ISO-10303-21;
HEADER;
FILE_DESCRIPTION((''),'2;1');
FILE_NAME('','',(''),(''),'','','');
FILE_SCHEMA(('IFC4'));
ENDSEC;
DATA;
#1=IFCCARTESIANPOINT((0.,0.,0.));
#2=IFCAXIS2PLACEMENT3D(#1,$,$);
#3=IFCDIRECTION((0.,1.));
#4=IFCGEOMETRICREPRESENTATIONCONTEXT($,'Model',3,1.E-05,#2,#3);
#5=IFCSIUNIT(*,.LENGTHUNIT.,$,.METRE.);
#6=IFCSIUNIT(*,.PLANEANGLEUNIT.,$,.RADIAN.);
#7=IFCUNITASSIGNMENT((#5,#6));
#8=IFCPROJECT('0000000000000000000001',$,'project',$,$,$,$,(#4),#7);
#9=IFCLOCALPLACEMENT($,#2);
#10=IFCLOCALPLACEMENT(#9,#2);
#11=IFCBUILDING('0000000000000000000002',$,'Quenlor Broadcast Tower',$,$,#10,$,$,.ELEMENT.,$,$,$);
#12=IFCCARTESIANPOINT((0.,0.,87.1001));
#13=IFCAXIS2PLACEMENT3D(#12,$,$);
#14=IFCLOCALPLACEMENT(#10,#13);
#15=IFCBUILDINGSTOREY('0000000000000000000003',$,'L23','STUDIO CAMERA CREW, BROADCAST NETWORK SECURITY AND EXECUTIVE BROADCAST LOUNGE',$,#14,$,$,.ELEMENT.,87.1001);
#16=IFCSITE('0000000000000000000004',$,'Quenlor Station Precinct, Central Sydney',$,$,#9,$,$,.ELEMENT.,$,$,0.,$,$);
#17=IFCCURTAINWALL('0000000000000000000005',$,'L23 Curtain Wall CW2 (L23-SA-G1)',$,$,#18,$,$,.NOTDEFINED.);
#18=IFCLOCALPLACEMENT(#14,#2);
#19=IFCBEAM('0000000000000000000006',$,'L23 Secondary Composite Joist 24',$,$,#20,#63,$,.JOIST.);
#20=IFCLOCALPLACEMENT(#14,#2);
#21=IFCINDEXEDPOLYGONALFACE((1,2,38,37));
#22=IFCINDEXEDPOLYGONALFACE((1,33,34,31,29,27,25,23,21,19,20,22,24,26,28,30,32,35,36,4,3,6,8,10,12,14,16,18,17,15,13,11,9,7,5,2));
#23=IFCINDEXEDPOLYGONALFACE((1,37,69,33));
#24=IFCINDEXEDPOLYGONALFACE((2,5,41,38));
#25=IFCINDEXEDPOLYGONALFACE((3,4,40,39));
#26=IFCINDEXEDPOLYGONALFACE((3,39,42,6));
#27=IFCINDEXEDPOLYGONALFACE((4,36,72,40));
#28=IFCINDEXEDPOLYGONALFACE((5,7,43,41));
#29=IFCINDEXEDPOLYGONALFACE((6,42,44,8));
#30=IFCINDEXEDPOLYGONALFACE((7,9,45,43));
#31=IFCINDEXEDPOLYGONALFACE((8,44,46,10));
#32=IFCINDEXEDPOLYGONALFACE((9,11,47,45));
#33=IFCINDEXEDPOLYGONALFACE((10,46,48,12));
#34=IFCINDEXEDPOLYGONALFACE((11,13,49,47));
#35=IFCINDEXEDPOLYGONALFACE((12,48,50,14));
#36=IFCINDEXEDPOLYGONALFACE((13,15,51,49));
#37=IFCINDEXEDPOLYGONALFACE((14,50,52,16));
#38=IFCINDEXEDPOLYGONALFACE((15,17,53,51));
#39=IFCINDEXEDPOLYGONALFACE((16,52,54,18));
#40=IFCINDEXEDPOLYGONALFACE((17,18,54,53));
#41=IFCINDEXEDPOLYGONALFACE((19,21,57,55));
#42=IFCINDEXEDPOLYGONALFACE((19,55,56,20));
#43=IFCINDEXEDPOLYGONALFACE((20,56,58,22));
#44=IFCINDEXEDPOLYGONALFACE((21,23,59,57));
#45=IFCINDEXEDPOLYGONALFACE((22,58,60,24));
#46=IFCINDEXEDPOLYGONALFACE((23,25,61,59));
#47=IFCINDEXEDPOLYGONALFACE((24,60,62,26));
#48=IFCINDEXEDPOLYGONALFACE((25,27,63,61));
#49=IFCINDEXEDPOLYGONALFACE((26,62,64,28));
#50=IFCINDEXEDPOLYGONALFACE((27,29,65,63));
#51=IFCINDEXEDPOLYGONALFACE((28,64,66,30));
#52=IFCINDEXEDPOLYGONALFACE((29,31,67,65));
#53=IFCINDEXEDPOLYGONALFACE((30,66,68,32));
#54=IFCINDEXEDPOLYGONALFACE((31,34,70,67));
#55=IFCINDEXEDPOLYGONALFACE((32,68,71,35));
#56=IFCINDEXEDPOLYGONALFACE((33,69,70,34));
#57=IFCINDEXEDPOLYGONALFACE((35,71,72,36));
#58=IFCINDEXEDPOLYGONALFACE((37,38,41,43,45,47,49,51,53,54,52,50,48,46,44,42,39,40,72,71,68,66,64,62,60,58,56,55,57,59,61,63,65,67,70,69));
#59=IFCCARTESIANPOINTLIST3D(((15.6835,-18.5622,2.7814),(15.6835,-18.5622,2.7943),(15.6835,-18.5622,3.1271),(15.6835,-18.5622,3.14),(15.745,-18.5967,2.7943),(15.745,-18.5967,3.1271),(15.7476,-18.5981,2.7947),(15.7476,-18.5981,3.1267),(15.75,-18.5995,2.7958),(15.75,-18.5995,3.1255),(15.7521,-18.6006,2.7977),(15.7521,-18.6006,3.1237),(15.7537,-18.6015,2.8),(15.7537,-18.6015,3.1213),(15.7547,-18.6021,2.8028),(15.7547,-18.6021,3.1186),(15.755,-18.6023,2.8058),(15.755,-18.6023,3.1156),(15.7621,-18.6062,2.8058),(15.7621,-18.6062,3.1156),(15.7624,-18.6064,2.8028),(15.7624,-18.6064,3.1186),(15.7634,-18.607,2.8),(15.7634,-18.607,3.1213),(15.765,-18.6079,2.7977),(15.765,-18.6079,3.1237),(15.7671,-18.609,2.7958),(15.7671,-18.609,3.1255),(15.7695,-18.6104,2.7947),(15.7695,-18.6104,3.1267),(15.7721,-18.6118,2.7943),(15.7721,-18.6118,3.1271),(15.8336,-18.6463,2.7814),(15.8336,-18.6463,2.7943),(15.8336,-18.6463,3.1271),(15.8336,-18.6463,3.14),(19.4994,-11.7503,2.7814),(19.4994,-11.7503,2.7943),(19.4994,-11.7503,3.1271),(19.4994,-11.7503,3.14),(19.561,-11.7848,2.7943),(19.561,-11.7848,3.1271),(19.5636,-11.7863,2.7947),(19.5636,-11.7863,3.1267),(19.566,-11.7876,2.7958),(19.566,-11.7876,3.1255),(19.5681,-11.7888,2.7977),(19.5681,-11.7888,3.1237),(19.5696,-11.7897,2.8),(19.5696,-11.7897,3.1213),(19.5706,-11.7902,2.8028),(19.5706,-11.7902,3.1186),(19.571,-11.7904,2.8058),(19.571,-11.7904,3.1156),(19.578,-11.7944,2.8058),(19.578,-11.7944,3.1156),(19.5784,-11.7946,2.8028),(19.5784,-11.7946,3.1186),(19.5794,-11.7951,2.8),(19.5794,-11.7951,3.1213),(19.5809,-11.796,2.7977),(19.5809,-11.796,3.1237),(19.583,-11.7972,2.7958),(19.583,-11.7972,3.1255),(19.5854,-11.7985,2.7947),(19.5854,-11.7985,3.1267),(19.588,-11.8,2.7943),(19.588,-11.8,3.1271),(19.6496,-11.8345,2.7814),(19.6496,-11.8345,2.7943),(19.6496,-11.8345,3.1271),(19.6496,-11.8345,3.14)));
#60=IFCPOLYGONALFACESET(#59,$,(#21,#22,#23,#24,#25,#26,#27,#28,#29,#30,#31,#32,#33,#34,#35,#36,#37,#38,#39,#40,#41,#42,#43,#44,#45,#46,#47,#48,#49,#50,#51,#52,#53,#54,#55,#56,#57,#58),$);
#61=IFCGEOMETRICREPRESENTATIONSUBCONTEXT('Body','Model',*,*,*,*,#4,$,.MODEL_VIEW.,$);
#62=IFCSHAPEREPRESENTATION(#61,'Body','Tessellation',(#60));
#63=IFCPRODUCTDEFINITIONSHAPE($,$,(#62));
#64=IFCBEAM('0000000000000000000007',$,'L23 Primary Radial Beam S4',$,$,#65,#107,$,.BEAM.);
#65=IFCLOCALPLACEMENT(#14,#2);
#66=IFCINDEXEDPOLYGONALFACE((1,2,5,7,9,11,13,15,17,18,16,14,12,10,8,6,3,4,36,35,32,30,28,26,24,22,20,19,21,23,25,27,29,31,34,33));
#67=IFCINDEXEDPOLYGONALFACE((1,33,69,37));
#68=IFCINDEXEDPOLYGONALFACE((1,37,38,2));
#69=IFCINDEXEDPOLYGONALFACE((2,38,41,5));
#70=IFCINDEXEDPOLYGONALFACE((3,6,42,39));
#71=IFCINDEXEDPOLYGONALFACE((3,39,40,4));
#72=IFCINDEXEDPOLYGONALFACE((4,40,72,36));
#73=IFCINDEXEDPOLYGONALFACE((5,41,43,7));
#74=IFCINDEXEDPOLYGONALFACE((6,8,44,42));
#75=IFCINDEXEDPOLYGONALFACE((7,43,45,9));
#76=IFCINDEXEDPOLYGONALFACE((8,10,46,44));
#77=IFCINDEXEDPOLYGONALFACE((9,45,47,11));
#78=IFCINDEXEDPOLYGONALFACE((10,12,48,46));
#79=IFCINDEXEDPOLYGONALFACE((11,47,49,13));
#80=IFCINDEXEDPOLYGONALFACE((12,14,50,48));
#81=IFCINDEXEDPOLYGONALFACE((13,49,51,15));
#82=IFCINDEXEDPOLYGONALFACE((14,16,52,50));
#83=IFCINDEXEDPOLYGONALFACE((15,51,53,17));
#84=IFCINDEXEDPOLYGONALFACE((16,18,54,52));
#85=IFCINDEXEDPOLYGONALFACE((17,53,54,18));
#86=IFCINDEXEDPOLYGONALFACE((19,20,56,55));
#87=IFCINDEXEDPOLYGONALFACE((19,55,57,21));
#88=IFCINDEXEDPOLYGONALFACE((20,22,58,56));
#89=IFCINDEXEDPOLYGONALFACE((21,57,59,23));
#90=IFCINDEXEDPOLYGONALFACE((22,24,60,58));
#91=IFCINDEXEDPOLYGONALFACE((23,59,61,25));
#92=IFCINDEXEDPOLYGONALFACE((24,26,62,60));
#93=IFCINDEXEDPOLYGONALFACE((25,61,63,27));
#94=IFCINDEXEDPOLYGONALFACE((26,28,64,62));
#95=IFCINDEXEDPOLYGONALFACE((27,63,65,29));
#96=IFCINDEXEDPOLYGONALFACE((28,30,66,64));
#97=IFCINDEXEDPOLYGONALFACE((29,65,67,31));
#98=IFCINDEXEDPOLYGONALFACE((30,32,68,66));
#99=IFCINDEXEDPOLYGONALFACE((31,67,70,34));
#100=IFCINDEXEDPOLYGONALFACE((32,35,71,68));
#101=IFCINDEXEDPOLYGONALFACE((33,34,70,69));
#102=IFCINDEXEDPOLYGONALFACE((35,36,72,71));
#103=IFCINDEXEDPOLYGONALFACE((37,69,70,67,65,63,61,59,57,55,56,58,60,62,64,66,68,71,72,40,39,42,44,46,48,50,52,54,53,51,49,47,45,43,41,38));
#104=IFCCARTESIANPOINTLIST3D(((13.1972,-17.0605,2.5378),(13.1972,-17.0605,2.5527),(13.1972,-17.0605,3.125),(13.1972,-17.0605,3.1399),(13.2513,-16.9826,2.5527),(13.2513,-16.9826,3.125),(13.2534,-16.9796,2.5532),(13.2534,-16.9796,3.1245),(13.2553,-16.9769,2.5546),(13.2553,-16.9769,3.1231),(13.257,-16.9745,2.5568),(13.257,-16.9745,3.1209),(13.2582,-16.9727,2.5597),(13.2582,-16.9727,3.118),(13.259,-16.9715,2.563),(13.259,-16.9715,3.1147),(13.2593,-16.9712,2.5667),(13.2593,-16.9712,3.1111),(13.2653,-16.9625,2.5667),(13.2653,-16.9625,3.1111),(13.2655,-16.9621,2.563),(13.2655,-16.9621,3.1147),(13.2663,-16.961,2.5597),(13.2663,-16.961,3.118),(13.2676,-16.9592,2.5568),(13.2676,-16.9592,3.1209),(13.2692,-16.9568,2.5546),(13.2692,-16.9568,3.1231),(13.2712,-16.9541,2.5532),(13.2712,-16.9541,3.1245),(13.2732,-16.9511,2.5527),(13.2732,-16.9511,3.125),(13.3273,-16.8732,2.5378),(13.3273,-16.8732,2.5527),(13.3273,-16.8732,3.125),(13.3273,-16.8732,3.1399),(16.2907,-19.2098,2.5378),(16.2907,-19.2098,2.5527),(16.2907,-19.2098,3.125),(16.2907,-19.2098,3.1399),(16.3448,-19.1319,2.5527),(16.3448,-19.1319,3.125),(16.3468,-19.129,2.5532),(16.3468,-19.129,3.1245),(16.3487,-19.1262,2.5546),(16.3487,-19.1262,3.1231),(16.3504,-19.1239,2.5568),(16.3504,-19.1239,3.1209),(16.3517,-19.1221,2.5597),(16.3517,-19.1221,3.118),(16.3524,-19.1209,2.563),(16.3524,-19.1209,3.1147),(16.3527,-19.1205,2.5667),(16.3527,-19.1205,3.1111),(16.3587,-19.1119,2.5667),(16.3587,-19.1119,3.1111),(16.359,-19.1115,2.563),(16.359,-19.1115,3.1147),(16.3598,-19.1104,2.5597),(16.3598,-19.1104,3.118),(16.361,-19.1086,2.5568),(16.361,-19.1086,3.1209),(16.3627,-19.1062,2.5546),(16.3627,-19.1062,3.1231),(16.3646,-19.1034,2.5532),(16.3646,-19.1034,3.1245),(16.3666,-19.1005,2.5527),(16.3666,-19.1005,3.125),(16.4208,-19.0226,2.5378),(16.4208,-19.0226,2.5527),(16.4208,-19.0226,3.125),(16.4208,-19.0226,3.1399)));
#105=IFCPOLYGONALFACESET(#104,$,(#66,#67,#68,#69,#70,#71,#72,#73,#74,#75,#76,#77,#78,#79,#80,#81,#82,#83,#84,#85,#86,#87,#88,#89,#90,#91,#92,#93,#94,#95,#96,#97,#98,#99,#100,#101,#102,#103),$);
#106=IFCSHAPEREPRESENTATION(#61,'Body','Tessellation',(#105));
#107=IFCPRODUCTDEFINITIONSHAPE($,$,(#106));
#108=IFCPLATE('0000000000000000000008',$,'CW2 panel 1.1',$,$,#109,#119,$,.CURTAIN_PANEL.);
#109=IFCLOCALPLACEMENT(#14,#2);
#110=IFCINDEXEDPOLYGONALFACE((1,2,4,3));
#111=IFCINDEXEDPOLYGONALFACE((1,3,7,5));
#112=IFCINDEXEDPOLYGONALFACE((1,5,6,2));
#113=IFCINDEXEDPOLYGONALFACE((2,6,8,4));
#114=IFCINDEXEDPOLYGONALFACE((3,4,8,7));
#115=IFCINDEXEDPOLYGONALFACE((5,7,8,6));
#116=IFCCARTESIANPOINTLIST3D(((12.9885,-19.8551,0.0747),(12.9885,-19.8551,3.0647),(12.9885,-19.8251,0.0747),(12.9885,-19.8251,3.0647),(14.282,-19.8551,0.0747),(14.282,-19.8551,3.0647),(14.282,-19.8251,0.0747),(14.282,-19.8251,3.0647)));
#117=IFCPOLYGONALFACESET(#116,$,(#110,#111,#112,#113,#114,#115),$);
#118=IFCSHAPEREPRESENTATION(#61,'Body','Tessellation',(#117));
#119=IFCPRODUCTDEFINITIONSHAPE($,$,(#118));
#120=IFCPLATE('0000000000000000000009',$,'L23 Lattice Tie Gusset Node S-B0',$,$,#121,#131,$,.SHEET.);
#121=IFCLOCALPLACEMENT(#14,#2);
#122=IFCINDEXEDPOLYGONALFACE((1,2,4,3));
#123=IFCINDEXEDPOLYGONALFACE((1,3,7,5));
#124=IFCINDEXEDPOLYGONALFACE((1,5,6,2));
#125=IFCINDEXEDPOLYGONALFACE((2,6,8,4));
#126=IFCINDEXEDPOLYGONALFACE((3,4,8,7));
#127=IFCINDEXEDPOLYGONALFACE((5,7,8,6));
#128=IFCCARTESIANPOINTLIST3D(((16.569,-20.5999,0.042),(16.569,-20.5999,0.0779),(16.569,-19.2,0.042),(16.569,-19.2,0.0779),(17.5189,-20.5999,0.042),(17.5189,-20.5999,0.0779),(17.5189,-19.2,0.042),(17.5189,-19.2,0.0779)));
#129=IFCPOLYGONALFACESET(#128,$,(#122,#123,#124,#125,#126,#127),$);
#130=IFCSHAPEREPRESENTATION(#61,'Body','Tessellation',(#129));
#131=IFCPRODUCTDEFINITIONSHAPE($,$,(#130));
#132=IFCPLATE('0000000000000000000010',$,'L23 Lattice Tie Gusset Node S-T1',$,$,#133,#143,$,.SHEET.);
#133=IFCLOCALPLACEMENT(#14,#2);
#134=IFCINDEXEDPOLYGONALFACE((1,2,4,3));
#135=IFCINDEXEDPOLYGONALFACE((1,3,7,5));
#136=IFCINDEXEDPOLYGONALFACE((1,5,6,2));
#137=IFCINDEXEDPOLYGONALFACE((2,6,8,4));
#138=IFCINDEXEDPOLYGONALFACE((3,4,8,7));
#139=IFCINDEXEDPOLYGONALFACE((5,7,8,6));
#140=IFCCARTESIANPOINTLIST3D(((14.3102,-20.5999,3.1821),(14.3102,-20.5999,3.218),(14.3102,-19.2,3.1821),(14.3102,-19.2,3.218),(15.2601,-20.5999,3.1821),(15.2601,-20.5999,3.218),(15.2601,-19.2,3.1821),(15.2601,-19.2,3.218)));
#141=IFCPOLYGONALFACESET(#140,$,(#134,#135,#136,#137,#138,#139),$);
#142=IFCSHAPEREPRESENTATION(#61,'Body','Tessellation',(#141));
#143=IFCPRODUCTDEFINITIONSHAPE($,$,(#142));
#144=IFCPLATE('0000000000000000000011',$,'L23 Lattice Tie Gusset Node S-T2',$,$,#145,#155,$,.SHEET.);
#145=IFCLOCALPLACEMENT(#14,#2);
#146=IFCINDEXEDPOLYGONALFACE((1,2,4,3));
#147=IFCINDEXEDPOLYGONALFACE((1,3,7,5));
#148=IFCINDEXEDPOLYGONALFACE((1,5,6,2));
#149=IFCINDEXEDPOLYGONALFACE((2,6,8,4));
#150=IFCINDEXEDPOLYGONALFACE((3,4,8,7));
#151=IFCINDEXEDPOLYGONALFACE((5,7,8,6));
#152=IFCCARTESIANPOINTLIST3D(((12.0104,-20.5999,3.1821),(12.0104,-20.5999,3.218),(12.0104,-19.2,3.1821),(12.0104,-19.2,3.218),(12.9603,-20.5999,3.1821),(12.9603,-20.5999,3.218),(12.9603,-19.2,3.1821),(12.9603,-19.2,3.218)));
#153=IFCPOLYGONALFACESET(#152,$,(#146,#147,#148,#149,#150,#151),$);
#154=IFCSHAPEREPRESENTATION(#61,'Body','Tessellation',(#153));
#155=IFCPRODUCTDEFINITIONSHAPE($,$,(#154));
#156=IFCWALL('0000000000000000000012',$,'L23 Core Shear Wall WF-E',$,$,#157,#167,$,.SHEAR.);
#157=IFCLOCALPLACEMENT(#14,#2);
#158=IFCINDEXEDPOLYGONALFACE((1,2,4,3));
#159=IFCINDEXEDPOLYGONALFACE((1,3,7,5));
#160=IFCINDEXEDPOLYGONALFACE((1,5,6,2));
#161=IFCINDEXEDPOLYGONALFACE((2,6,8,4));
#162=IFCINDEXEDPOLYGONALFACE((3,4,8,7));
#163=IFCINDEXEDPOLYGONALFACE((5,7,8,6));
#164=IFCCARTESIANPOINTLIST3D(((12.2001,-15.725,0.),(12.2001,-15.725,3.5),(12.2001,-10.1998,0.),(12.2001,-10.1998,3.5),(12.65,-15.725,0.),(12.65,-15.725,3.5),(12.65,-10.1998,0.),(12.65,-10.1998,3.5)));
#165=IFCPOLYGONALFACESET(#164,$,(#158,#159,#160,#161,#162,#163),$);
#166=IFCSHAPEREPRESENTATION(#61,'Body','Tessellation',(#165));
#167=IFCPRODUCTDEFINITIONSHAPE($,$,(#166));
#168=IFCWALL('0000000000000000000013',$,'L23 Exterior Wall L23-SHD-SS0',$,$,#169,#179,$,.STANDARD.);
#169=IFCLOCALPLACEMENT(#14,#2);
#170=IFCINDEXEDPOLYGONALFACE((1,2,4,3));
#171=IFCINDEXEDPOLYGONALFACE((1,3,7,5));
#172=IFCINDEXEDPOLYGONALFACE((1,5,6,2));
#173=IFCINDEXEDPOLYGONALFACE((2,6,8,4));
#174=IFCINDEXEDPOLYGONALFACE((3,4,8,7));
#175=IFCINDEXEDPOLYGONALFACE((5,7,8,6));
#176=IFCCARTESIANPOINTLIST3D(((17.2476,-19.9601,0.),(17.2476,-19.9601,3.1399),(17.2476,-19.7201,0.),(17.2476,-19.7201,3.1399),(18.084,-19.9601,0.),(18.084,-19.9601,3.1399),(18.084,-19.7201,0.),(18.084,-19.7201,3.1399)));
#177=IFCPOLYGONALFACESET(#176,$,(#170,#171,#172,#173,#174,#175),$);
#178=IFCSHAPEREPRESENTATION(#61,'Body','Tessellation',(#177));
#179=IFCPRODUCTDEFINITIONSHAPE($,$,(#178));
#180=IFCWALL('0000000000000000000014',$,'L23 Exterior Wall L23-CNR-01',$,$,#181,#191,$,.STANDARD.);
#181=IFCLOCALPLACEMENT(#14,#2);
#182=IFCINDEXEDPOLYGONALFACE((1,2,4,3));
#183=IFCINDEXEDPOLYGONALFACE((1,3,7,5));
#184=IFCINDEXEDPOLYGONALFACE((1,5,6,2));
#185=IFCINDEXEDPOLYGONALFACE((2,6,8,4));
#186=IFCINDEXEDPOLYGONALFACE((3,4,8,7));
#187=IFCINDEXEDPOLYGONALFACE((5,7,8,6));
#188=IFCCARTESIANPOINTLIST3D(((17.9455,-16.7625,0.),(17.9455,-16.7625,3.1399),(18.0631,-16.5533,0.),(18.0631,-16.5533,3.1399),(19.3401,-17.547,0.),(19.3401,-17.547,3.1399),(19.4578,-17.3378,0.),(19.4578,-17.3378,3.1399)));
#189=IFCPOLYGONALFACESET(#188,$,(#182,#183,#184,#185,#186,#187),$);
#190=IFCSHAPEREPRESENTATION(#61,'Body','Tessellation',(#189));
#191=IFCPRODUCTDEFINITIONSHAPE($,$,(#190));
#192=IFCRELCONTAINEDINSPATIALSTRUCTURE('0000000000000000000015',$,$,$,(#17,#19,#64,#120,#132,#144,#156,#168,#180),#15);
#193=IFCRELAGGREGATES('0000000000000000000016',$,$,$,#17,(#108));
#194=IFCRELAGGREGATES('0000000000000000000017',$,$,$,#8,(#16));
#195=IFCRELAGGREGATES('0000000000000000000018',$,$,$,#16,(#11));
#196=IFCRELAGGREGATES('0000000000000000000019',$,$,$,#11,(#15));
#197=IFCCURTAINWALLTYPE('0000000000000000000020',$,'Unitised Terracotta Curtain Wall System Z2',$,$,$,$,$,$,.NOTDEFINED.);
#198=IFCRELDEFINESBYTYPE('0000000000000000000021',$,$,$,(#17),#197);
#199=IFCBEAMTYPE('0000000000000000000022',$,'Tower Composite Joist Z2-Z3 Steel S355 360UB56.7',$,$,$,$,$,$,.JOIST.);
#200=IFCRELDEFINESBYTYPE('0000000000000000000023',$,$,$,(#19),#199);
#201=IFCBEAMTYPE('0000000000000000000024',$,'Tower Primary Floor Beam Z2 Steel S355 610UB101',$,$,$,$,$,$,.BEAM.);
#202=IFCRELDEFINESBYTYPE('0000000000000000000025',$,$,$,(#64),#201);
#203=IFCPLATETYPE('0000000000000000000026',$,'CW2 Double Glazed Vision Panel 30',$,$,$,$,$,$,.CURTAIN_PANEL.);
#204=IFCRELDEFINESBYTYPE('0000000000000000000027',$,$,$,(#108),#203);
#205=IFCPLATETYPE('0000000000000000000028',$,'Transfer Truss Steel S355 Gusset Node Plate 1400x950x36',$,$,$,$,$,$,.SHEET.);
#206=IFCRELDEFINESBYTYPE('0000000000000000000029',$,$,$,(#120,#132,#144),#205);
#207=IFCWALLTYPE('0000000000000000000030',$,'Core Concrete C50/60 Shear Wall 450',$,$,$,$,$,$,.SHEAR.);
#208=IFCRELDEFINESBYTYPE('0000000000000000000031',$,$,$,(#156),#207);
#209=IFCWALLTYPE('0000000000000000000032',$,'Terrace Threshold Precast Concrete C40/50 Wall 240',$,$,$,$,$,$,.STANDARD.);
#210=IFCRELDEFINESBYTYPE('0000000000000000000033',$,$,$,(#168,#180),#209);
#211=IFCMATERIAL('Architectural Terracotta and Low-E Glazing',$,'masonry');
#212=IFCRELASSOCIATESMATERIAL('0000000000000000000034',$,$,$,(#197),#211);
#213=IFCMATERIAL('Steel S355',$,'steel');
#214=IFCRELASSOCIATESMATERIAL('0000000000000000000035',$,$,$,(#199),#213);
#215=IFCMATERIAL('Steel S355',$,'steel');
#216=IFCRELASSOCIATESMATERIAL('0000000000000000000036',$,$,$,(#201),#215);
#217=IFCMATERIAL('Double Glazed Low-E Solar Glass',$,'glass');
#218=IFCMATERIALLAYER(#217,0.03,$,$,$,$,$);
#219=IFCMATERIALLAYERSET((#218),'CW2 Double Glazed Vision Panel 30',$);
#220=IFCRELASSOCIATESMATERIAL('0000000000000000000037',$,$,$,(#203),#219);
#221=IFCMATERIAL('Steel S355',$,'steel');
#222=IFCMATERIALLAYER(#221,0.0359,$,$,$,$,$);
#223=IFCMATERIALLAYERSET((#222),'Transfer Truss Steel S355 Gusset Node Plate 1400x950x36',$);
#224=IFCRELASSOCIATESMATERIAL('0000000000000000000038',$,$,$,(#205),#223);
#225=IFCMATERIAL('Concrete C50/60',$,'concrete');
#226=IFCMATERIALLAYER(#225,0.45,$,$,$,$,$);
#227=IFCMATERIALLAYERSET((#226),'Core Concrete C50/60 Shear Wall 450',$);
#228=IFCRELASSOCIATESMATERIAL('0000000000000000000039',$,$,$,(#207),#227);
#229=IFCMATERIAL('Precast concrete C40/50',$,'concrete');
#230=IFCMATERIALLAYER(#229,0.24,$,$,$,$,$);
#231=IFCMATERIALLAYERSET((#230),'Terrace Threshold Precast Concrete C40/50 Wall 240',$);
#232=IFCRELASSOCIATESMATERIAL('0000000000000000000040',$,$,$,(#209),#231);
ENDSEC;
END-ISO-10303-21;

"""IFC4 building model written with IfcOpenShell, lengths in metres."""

from ifc_helpers import new_model, si_unit, direction, frame, frame_2d, origin, origin_2d, place, context, subcontext, project, spatial, rectangle, i_section, extrude, material, layer, layer_set, material_profile, profile_set, type_object, element, aggregate, save


model = new_model("IFC4")

# Units and contexts
model_context = context("Model", 3, precision=1e-05, world=origin(), true_north=direction((0.0, 1.0)))
body_context = subcontext(model_context, "Body", "Model", "MODEL_VIEW")
ifc_project = project(units=[si_unit("LENGTHUNIT", "METRE"), si_unit("PLANEANGLEUNIT", "RADIAN")], contexts=[model_context])

# Site, building, storey
site_placement = place(None, origin())
site = spatial("IfcSite", under=ifc_project, at=site_placement, Name="Quenlor Station Precinct, Central Sydney", CompositionType="ELEMENT", RefElevation=0.0)
building_placement = place(site_placement, origin())
building = spatial("IfcBuilding", under=site, at=building_placement, Name="Quenlor Broadcast Tower", CompositionType="ELEMENT")
storey_placement = place(building_placement, frame((0.0, 0.0, 87.1001)))
storey = spatial("IfcBuildingStorey", under=building, at=storey_placement, Name="L23", Description="STUDIO CAMERA CREW, BROADCAST NETWORK SECURITY AND EXECUTIVE BROADCAST LOUNGE", CompositionType="ELEMENT", Elevation=87.1001)

# Curtain wall
ifc_material_1 = material(Name="Architectural Terracotta and Low-E Glazing", Category="masonry")
curtain_wall_type = type_object("IfcCurtainWallType", Name="Unitised Terracotta Curtain Wall System Z2", PredefinedType="NOTDEFINED", material=ifc_material_1)
curtain_wall_placement = place(storey_placement, origin())
curtain_wall = element("IfcCurtainWall", 1, at=curtain_wall_placement, inside=storey, type_object=curtain_wall_type, Name="L23 Curtain Wall CW2 (L23-SA-G1)", PredefinedType="NOTDEFINED")

# Beams
ifc_material_2 = material(Name="Steel S355", Category="steel")
ifc_material_profile_1 = material_profile(ifc_material_2, i_section(OverallWidth=0.1721, OverallDepth=0.3586, WebThickness=0.0081, FlangeThickness=0.0129, FilletRadius=0.0115, at=origin_2d()))
ifc_profile_set_1 = profile_set([ifc_material_profile_1], Name="Steel S355 360UB56.7")
beam_type_1 = type_object("IfcBeamType", Name="Tower Composite Joist Z2-Z3 Steel S355 360UB56.7", PredefinedType="JOIST", material=ifc_profile_set_1)
beam_1_placement = place(storey_placement, frame((15.7585, -18.6042, 2.9607), z_axis=(0.488733, 0.872433, 0.0), x_axis=(-0.872433, 0.488733, 0.0)))
element("IfcBeam", 2, at=beam_1_placement, inside=storey, type_object=beam_type_1, Name="L23 Secondary Composite Joist 24", PredefinedType="JOIST", context=body_context, shape_type="SweptSolid", body=[
    extrude(i_section(OverallWidth=0.1721, OverallDepth=0.3586, WebThickness=0.0081, FlangeThickness=0.0129, FilletRadius=0.0115, at=origin_2d()), origin(), (0.0, 0.0, 1.0), 7.8079),
])
ifc_material_3 = material(Name="Steel S355", Category="steel")
ifc_material_profile_2 = material_profile(ifc_material_3, i_section(OverallWidth=0.228, OverallDepth=0.6021, WebThickness=0.0105, FlangeThickness=0.0149, FilletRadius=0.0139, at=origin_2d()))
ifc_profile_set_2 = profile_set([ifc_material_profile_2], Name="Steel S355 610UB101")
beam_type_2 = type_object("IfcBeamType", Name="Tower Primary Floor Beam Z2 Steel S355 610UB101", PredefinedType="BEAM", material=ifc_profile_set_2)
beam_2_placement = place(storey_placement, frame((16.3557, -19.1162, 2.8389), z_axis=(-0.821227, 0.570601, 0.0), x_axis=(-0.570601, -0.821227, 0.0)))
element("IfcBeam", 3, at=beam_2_placement, inside=storey, type_object=beam_type_2, Name="L23 Primary Radial Beam S4", PredefinedType="BEAM", context=body_context, shape_type="SweptSolid", body=[
    extrude(i_section(OverallWidth=0.228, OverallDepth=0.6021, WebThickness=0.0105, FlangeThickness=0.0149, FilletRadius=0.0139, at=origin_2d()), origin(), (0.0, 0.0, 1.0), 3.7668),
])

# Plate
ifc_material_4 = material(Name="Double Glazed Low-E Solar Glass", Category="glass")
ifc_layer_1 = layer(ifc_material_4, 0.03)
ifc_layer_set_1 = layer_set([ifc_layer_1], Name="CW2 Double Glazed Vision Panel 30")
plate_type_1 = type_object("IfcPlateType", Name="CW2 Double Glazed Vision Panel 30", PredefinedType="CURTAIN_PANEL", material=ifc_layer_set_1)
plate_placement = place(storey_placement, frame((13.6353, -19.8401, 0.0747), z_axis=(0.0, 0.0, 1.0), x_axis=(-1.0, 0.0, 0.0)))
plate = element("IfcPlate", 4, at=plate_placement, type_object=plate_type_1, Name="CW2 panel 1.1", PredefinedType="CURTAIN_PANEL", context=body_context, shape_type="SweptSolid", body=[
    extrude(rectangle(XDim=1.2935, YDim=0.03, at=origin_2d()), origin(), (0.0, 0.0, 1.0), 2.99),
])
aggregate(curtain_wall, [plate])

# Plates
ifc_material_5 = material(Name="Steel S355", Category="steel")
ifc_layer_2 = layer(ifc_material_5, 0.0359)
ifc_layer_set_2 = layer_set([ifc_layer_2], Name="Transfer Truss Steel S355 Gusset Node Plate 1400x950x36")
plate_type_2 = type_object("IfcPlateType", Name="Transfer Truss Steel S355 Gusset Node Plate 1400x950x36", PredefinedType="SHEET", material=ifc_layer_set_2)
for number, where, z_axis, x_axis, name in (
    (5, (17.0439, -19.8999, 0.042), (0.0, 0.0, 1.0), (0.0, -1.0, 0.0), "L23 Lattice Tie Gusset Node S-B0"),
    (6, (14.7852, -19.8999, 3.1821), (0.0, 0.0, 1.0), (0.0, -1.0, 0.0), "L23 Lattice Tie Gusset Node S-T1"),
    (7, (12.4854, -19.8999, 3.1821), (0.0, 0.0, 1.0), (0.0, -1.0, 0.0), "L23 Lattice Tie Gusset Node S-T2"),
):
    element("IfcPlate", number, at=place(storey_placement, frame(where, z_axis=z_axis, x_axis=x_axis)), inside=storey, type_object=plate_type_2, Name=name, PredefinedType="SHEET", context=body_context, shape_type="SweptSolid", body=[
        extrude(rectangle(XDim=1.3999, YDim=0.95, at=origin_2d()), origin(), (0.0, 0.0, 1.0), 0.0359),
    ])

# Walls
ifc_material_6 = material(Name="Concrete C50/60", Category="concrete")
ifc_layer_3 = layer(ifc_material_6, 0.45)
ifc_layer_set_3 = layer_set([ifc_layer_3], Name="Core Concrete C50/60 Shear Wall 450")
wall_type_1 = type_object("IfcWallType", Name="Core Concrete C50/60 Shear Wall 450", PredefinedType="SHEAR", material=ifc_layer_set_3)
wall_1_placement = place(storey_placement, frame((12.425, -15.7251, 0.0), z_axis=(0.0, 0.0, 1.0), x_axis=(0.0, 1.0, 0.0)))
element("IfcWall", 8, at=wall_1_placement, inside=storey, type_object=wall_type_1, Name="L23 Core Shear Wall WF-E", PredefinedType="SHEAR", context=body_context, shape_type="SweptSolid", body=[
    extrude(rectangle(XDim=5.5251, YDim=0.45, at=frame_2d((2.7627, 0.0))), origin(), (0.0, 0.0, 1.0), 3.5),
])
ifc_material_7 = material(Name="Precast concrete C40/50", Category="concrete")
ifc_layer_4 = layer(ifc_material_7, 0.24)
ifc_layer_set_4 = layer_set([ifc_layer_4], Name="Terrace Threshold Precast Concrete C40/50 Wall 240")
wall_type_2 = type_object("IfcWallType", Name="Terrace Threshold Precast Concrete C40/50 Wall 240", PredefinedType="STANDARD", material=ifc_layer_set_4)
wall_2_placement = place(storey_placement, frame((18.084, -19.8401, 0.0), z_axis=(0.0, 0.0, 1.0), x_axis=(-1.0, 0.0, 0.0)))
element("IfcWall", 9, at=wall_2_placement, inside=storey, type_object=wall_type_2, Name="L23 Exterior Wall L23-SHD-SS0", PredefinedType="STANDARD", context=body_context, shape_type="SweptSolid", body=[
    extrude(rectangle(XDim=0.8364, YDim=0.24, at=frame_2d((0.4182, 0.0))), origin(), (0.0, 0.0, 1.0), 3.1399),
])
wall_3_placement = place(storey_placement, frame((19.3989, -17.4424, 0.0), z_axis=(0.0, 0.0, 1.0), x_axis=(-0.871576, 0.490261, 0.0)))
element("IfcWall", 10, at=wall_3_placement, inside=storey, type_object=wall_type_2, Name="L23 Exterior Wall L23-CNR-01", PredefinedType="STANDARD", context=body_context, shape_type="SweptSolid", body=[
    extrude(rectangle(XDim=1.6001, YDim=0.24, at=frame_2d((0.8, 0.0))), origin(), (0.0, 0.0, 1.0), 3.1399),
])

save(model, "model.ifc")
